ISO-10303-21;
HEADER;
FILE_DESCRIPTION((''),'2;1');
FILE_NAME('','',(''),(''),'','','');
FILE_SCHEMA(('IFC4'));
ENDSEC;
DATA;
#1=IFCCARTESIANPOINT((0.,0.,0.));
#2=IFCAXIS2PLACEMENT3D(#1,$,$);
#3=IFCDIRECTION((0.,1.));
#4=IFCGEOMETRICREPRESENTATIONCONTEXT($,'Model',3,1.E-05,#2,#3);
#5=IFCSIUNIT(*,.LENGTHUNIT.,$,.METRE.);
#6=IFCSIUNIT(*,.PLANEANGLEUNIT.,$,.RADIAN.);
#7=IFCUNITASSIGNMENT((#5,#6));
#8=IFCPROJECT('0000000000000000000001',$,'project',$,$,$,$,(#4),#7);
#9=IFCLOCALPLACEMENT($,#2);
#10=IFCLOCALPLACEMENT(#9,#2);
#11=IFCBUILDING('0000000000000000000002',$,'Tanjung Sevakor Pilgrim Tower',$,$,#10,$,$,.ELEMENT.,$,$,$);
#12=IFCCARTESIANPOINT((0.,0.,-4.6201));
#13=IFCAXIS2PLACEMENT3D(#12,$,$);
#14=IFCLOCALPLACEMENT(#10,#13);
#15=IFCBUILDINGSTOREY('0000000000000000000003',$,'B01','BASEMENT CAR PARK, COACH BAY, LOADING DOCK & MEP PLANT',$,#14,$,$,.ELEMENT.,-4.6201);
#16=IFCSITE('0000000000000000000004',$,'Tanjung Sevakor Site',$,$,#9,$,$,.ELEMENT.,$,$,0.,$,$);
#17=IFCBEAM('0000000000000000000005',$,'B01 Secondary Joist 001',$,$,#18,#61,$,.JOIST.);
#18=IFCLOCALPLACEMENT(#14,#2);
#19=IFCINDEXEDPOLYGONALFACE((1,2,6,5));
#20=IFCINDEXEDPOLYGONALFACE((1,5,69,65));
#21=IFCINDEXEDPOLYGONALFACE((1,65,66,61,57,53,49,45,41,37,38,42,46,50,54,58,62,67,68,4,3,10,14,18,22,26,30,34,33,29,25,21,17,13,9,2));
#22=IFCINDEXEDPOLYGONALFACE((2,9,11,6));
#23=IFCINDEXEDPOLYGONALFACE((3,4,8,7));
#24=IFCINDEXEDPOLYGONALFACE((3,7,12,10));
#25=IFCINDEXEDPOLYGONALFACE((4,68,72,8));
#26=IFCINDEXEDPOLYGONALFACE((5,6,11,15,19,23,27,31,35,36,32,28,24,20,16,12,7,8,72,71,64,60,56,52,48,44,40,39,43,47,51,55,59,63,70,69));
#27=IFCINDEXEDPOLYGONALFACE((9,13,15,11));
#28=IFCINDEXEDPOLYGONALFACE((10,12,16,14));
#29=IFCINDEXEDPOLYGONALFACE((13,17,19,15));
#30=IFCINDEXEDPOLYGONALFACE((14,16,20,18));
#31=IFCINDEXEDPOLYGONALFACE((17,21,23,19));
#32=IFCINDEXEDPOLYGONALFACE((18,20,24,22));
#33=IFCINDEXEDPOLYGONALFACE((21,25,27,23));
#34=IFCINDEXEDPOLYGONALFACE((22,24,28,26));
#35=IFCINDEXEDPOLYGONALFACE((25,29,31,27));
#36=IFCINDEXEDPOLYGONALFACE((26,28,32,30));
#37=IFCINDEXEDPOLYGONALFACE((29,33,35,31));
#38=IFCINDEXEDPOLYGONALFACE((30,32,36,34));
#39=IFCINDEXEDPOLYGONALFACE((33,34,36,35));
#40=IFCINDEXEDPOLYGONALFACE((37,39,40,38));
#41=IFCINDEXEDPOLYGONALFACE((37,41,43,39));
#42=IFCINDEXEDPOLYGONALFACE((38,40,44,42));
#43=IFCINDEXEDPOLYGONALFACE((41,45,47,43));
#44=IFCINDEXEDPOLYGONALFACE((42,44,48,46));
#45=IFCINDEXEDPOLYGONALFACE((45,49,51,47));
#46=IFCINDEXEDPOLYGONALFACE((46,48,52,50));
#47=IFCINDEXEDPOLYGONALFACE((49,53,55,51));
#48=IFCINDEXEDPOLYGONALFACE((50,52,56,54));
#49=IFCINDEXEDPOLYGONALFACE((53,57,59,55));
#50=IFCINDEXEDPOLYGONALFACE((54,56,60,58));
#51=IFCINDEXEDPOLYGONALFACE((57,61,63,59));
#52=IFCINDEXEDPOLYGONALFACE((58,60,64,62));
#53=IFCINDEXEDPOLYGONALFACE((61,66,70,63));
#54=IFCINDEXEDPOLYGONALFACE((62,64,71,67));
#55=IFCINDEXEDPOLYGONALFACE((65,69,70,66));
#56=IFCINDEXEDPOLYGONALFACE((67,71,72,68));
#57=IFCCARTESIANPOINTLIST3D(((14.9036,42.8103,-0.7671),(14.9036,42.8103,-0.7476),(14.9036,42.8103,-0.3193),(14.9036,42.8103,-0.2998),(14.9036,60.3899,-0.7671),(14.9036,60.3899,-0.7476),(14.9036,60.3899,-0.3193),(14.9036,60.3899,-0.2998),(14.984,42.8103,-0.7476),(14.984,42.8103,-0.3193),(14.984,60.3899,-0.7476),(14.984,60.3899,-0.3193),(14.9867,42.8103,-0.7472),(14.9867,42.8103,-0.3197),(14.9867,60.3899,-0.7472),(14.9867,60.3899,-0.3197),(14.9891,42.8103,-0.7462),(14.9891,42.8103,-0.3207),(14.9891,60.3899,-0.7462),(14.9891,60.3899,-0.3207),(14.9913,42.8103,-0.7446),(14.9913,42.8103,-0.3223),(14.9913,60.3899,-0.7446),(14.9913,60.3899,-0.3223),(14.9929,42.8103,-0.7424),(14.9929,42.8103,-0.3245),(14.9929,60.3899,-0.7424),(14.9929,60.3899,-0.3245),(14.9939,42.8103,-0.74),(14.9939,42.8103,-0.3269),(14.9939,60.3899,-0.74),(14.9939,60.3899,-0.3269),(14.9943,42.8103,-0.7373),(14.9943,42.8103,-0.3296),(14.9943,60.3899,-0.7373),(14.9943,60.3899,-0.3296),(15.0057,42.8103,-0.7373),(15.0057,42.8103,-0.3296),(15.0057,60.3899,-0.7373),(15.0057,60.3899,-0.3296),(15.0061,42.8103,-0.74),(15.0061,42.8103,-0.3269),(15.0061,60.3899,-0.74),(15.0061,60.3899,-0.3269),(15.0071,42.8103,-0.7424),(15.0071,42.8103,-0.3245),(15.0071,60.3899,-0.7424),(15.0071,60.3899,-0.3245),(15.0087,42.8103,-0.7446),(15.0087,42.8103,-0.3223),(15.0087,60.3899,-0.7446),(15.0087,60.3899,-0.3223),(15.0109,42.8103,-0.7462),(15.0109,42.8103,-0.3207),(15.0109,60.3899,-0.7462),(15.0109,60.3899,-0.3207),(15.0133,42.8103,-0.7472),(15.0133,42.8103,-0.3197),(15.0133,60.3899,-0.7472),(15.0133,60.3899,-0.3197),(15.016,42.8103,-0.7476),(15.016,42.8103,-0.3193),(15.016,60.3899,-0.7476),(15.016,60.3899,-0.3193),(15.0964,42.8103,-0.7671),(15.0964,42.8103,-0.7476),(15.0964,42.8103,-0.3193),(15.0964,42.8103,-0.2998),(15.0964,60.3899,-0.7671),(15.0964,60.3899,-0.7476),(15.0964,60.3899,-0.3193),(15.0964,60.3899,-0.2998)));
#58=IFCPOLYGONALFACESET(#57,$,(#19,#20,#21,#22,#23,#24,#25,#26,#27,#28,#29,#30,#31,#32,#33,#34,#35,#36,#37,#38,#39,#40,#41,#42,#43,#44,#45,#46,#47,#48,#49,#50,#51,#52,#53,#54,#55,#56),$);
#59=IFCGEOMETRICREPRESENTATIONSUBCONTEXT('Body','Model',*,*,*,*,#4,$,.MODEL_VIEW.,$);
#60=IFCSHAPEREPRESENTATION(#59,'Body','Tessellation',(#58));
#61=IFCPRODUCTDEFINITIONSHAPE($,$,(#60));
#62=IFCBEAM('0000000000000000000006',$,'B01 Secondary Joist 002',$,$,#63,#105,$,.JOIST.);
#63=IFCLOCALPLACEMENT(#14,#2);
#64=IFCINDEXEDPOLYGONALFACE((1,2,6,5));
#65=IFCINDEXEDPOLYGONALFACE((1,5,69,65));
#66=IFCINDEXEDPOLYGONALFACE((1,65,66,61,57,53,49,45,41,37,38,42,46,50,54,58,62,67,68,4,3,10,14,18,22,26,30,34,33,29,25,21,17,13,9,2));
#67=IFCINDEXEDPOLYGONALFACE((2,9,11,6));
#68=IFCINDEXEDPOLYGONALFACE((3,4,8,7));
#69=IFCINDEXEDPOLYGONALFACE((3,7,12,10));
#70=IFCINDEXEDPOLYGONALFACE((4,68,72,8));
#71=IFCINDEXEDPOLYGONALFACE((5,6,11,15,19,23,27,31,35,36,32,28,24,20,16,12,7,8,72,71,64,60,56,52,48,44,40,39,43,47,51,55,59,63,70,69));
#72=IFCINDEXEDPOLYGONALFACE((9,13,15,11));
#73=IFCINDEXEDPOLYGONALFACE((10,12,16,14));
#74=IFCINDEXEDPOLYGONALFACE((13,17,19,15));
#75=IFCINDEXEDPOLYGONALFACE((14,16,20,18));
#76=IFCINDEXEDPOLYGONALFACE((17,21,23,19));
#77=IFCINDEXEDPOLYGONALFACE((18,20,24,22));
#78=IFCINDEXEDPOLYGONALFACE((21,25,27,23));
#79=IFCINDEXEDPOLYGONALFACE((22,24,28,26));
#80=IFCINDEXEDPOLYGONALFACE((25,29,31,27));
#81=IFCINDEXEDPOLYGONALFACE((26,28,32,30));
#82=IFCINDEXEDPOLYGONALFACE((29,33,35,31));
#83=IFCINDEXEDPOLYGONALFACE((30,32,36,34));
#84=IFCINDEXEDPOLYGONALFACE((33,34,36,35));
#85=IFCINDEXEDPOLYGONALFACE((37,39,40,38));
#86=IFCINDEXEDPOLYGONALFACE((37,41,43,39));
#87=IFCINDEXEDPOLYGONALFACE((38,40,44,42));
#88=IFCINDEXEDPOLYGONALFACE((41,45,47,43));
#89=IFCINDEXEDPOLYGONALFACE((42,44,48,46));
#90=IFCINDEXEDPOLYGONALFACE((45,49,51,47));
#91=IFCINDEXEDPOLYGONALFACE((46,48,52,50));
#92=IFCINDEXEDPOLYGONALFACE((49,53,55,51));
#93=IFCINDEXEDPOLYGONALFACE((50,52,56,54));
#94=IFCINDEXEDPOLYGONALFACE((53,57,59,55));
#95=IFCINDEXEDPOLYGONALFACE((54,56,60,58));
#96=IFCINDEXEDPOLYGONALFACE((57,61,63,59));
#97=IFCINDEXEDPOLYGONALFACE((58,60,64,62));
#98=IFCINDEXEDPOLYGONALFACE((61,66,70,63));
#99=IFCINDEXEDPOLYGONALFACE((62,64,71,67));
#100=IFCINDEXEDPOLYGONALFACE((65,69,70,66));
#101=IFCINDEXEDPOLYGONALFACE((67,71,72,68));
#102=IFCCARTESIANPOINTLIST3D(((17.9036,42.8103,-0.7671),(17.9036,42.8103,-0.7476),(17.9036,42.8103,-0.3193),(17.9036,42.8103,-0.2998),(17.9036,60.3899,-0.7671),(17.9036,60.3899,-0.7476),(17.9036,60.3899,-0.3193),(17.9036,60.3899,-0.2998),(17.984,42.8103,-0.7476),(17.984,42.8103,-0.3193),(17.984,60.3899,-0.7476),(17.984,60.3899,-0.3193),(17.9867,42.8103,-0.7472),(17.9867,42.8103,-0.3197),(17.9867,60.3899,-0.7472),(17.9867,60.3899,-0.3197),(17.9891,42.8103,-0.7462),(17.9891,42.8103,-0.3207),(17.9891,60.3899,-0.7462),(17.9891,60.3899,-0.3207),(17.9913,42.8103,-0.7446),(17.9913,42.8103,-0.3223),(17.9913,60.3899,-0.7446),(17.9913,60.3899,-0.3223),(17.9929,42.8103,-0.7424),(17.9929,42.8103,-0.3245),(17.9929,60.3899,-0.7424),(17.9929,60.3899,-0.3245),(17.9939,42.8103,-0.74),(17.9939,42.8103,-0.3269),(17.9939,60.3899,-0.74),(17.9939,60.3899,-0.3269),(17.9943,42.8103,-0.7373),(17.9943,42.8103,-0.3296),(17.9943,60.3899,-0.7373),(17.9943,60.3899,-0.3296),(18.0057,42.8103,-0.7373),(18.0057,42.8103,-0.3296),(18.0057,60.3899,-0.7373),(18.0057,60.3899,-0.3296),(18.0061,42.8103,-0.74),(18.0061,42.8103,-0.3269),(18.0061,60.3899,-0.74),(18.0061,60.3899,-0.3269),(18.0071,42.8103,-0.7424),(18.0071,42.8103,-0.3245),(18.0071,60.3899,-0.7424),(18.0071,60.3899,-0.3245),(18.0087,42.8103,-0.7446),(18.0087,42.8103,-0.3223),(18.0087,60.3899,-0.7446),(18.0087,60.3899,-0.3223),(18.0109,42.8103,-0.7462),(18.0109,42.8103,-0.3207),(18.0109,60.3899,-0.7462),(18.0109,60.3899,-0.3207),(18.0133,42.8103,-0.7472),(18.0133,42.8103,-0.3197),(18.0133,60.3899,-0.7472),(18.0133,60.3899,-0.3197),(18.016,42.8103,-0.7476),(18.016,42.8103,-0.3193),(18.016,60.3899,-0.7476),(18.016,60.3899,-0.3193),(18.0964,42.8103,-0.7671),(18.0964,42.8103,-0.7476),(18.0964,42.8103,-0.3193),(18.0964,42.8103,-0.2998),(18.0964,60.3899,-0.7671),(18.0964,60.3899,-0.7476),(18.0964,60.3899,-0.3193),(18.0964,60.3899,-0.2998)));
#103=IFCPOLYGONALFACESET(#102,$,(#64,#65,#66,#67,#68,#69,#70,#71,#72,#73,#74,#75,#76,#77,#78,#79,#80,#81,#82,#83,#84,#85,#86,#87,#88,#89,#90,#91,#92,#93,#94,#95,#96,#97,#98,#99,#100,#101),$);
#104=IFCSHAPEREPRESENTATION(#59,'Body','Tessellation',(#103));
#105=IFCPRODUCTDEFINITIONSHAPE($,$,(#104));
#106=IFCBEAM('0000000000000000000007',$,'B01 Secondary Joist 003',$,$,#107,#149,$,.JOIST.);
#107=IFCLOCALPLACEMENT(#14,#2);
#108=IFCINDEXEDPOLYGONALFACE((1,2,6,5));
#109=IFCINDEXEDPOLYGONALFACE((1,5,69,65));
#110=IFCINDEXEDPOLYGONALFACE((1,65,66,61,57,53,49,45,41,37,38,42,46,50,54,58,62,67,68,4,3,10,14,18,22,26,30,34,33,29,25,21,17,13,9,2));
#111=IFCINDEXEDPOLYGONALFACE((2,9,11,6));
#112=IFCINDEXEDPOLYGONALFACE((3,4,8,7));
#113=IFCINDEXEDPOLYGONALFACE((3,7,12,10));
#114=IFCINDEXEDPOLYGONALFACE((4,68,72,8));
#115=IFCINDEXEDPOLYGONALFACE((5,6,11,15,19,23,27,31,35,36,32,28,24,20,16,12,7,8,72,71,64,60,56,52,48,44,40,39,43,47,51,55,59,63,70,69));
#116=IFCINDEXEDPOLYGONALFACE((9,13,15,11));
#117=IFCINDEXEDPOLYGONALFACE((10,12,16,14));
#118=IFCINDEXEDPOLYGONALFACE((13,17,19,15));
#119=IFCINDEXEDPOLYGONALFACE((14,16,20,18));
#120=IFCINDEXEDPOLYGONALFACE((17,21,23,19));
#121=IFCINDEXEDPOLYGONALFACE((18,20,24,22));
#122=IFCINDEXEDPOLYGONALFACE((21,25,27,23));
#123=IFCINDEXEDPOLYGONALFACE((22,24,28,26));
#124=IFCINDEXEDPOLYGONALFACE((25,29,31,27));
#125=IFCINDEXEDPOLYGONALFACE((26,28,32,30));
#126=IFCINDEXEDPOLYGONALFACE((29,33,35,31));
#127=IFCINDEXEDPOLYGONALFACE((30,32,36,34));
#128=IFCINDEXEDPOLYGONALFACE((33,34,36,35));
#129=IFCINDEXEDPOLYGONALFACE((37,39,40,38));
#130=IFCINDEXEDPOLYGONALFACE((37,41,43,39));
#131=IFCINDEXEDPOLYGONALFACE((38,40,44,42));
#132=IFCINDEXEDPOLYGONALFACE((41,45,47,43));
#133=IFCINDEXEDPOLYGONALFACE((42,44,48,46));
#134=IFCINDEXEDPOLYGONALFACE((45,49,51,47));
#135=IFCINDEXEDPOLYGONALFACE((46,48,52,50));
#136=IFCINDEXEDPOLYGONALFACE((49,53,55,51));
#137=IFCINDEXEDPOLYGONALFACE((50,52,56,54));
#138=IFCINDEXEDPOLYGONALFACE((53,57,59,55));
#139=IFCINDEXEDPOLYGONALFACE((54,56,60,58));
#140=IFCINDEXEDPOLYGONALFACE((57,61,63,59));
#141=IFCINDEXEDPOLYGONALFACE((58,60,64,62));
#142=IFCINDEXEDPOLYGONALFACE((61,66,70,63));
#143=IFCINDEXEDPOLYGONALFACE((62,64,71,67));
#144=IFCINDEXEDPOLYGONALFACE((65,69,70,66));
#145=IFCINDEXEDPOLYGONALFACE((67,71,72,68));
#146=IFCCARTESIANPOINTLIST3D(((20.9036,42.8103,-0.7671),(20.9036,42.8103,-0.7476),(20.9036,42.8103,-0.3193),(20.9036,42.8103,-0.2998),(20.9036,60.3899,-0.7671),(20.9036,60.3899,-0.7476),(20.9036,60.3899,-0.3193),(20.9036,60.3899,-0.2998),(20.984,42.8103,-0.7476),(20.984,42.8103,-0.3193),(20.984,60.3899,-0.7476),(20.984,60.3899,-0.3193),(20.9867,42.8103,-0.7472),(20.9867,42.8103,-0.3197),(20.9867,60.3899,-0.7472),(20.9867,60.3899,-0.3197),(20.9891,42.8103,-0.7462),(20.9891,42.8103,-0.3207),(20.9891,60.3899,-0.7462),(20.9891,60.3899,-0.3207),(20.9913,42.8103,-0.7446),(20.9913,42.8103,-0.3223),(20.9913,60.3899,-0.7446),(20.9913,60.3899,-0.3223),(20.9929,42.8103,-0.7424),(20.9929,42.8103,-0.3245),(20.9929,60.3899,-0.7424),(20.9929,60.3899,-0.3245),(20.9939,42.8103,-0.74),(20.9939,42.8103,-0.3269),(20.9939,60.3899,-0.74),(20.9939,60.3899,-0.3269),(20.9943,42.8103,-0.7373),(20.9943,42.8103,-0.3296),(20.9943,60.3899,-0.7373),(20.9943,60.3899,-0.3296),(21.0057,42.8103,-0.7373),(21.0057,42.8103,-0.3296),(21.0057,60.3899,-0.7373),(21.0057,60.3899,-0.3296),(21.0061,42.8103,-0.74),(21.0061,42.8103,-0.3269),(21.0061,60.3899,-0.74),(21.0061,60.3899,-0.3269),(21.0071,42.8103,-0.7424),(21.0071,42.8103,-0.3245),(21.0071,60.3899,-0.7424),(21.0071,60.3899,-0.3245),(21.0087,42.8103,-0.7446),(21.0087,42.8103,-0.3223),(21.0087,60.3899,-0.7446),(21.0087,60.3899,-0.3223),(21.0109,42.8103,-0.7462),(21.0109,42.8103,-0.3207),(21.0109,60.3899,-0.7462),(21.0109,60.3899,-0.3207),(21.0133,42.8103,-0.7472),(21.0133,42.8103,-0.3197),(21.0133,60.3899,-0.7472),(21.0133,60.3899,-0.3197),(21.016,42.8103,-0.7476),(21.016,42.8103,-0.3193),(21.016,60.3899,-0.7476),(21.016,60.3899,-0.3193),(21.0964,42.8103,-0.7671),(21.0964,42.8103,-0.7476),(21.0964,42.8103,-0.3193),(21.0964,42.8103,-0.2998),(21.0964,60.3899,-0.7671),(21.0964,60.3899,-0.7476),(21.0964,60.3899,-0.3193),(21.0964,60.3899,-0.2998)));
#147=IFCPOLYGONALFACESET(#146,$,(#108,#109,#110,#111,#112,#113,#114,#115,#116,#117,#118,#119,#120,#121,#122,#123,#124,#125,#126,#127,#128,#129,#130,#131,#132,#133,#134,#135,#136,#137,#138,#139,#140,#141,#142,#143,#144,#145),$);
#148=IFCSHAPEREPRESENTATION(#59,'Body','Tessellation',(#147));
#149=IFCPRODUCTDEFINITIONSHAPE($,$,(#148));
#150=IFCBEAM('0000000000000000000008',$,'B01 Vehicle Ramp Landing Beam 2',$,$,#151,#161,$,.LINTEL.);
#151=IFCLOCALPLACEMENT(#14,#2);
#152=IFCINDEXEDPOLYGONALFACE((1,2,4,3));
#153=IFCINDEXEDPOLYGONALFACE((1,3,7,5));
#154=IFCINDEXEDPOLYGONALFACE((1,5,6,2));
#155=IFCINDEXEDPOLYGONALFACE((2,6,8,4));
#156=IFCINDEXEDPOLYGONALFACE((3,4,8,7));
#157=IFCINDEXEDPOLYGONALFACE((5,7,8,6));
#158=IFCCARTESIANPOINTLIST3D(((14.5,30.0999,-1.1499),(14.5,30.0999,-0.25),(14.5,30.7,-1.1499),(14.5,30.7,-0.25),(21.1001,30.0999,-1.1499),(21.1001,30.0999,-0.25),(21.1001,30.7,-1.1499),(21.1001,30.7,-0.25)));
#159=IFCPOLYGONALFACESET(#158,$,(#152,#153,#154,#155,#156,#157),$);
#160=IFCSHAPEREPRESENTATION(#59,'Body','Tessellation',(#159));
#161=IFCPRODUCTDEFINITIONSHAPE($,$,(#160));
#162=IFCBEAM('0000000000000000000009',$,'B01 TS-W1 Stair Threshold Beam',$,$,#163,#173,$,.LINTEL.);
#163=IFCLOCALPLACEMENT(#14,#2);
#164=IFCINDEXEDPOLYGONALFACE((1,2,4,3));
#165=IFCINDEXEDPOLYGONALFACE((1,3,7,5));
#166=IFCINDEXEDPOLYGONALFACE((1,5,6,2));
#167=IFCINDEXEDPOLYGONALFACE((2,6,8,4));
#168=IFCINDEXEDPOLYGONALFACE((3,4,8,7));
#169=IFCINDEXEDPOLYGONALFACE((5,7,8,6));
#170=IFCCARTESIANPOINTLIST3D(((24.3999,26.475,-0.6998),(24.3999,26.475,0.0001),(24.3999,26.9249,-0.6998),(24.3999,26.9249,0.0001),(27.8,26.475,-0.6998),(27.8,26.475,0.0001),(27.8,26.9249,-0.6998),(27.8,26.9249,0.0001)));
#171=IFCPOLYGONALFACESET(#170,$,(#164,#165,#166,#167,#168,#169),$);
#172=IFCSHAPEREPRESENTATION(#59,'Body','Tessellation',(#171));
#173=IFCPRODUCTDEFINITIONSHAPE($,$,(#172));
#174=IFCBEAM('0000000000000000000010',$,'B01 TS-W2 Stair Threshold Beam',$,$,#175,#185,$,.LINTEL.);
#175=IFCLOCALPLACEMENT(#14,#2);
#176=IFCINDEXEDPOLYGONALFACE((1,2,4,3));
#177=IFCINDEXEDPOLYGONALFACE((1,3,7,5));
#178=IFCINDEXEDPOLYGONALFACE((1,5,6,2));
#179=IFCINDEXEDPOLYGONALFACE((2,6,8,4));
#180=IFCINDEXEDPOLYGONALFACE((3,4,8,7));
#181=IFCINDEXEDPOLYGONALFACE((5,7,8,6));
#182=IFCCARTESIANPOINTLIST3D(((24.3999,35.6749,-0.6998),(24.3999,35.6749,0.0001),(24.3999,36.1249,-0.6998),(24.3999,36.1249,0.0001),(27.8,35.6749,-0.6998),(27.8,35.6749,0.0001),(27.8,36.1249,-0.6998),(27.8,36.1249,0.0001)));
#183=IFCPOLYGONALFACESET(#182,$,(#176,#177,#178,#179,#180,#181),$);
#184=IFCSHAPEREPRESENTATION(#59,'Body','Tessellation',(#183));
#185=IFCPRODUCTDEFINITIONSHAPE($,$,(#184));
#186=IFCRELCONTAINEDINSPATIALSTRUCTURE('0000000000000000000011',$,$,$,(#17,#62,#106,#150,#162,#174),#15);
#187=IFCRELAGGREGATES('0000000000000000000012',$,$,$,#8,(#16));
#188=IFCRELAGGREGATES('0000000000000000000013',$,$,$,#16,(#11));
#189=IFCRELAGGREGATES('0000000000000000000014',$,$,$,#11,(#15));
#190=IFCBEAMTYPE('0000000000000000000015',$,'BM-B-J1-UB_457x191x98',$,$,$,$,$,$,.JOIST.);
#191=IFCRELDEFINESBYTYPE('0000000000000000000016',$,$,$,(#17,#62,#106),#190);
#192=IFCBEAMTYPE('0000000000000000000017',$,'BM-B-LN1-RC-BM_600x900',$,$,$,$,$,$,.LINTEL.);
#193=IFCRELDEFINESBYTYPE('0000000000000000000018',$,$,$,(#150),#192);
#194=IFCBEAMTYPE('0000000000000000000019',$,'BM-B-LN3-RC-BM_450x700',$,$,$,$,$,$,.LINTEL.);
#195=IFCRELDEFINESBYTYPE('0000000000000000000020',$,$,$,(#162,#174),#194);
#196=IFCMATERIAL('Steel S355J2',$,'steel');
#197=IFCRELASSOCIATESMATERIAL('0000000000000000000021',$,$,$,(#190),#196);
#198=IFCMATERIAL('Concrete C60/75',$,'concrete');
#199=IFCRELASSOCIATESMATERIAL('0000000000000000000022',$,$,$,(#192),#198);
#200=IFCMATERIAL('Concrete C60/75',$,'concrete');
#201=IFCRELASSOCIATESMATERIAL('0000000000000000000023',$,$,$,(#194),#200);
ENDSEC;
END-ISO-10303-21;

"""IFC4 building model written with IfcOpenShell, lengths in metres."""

from ifc_helpers import new_model, si_unit, direction, frame, origin, origin_2d, place, context, subcontext, project, spatial, rectangle, i_section, extrude, material, material_profile, profile_set, type_object, element, save


model = new_model("IFC4")

# Units and contexts
model_context = context("Model", 3, precision=1e-05, world=origin(), true_north=direction((0.0, 1.0)))
body_context = subcontext(model_context, "Body", "Model", "MODEL_VIEW")
ifc_project = project(units=[si_unit("LENGTHUNIT", "METRE"), si_unit("PLANEANGLEUNIT", "RADIAN")], contexts=[model_context])

# Site, building, storey
site_placement = place(None, origin())
site = spatial("IfcSite", under=ifc_project, at=site_placement, Name="Tanjung Sevakor Site", CompositionType="ELEMENT", RefElevation=0.0)
building_placement = place(site_placement, origin())
building = spatial("IfcBuilding", under=site, at=building_placement, Name="Tanjung Sevakor Pilgrim Tower", CompositionType="ELEMENT")
storey_placement = place(building_placement, frame((0.0, 0.0, -4.6201)))
storey = spatial("IfcBuildingStorey", under=building, at=storey_placement, Name="B01", Description="BASEMENT CAR PARK, COACH BAY, LOADING DOCK & MEP PLANT", CompositionType="ELEMENT", Elevation=-4.6201)

# Beams
ifc_material_1 = material(Name="Steel S355J2", Category="steel")
ifc_material_profile_1 = material_profile(ifc_material_1, i_section(OverallWidth=0.1929, OverallDepth=0.4673, WebThickness=0.0115, FlangeThickness=0.0195, FilletRadius=0.0103, at=origin_2d()))
ifc_profile_set_1 = profile_set([ifc_material_profile_1], Name="Steel S355J2")
beam_type_1 = type_object("IfcBeamType", Name="BM-B-J1-UB_457x191x98", PredefinedType="JOIST", material=ifc_profile_set_1)
for number, where, z_axis, x_axis, name in (
    (1, (15.0, 42.8103, -0.5334), (0.0, 1.0, 0.0), (-1.0, 0.0, 0.0), "B01 Secondary Joist 001"),
    (2, (18.0, 42.8103, -0.5334), (0.0, 1.0, 0.0), (-1.0, 0.0, 0.0), "B01 Secondary Joist 002"),
    (3, (21.0, 42.8103, -0.5334), (0.0, 1.0, 0.0), (-1.0, 0.0, 0.0), "B01 Secondary Joist 003"),
):
    element("IfcBeam", number, at=place(storey_placement, frame(where, z_axis=z_axis, x_axis=x_axis)), inside=storey, type_object=beam_type_1, Name=name, PredefinedType="JOIST", context=body_context, shape_type="SweptSolid", body=[
        extrude(i_section(OverallWidth=0.1929, OverallDepth=0.4673, WebThickness=0.0115, FlangeThickness=0.0195, FilletRadius=0.0103, at=origin_2d()), origin(), (0.0, 0.0, 1.0), 17.5796),
    ])
ifc_material_2 = material(Name="Concrete C60/75", Category="concrete")
ifc_material_profile_2 = material_profile(ifc_material_2, rectangle(XDim=0.6001, YDim=0.8999, at=origin_2d()))
ifc_profile_set_2 = profile_set([ifc_material_profile_2], Name="Concrete C60/75")
beam_type_2 = type_object("IfcBeamType", Name="BM-B-LN1-RC-BM_600x900", PredefinedType="LINTEL", material=ifc_profile_set_2)
beam_1_placement = place(storey_placement, frame((14.5, 30.3999, -0.7), z_axis=(1.0, 0.0, 0.0), x_axis=(0.0, 1.0, 0.0)))
element("IfcBeam", 4, at=beam_1_placement, inside=storey, type_object=beam_type_2, Name="B01 Vehicle Ramp Landing Beam 2", PredefinedType="LINTEL", context=body_context, shape_type="SweptSolid", body=[
    extrude(rectangle(XDim=0.6001, YDim=0.8999, at=origin_2d()), origin(), (0.0, 0.0, 1.0), 6.6001),
])
ifc_material_3 = material(Name="Concrete C60/75", Category="concrete")
ifc_material_profile_3 = material_profile(ifc_material_3, rectangle(XDim=0.45, YDim=0.7, at=origin_2d()))
ifc_profile_set_3 = profile_set([ifc_material_profile_3], Name="Concrete C60/75")
beam_type_3 = type_object("IfcBeamType", Name="BM-B-LN3-RC-BM_450x700", PredefinedType="LINTEL", material=ifc_profile_set_3)
for number, where, z_axis, x_axis, name in (
    (5, (24.3999, 26.7, -0.3499), (1.0, 0.0, 0.0), (0.0, 1.0, 0.0), "B01 TS-W1 Stair Threshold Beam"),
    (6, (24.3999, 35.8999, -0.3499), (1.0, 0.0, 0.0), (0.0, 1.0, 0.0), "B01 TS-W2 Stair Threshold Beam"),
):
    element("IfcBeam", number, at=place(storey_placement, frame(where, z_axis=z_axis, x_axis=x_axis)), inside=storey, type_object=beam_type_3, Name=name, PredefinedType="LINTEL", context=body_context, shape_type="SweptSolid", body=[
        extrude(rectangle(XDim=0.45, YDim=0.7, at=origin_2d()), origin(), (0.0, 0.0, 1.0), 3.4001),
    ])

save(model, "model.ifc")
